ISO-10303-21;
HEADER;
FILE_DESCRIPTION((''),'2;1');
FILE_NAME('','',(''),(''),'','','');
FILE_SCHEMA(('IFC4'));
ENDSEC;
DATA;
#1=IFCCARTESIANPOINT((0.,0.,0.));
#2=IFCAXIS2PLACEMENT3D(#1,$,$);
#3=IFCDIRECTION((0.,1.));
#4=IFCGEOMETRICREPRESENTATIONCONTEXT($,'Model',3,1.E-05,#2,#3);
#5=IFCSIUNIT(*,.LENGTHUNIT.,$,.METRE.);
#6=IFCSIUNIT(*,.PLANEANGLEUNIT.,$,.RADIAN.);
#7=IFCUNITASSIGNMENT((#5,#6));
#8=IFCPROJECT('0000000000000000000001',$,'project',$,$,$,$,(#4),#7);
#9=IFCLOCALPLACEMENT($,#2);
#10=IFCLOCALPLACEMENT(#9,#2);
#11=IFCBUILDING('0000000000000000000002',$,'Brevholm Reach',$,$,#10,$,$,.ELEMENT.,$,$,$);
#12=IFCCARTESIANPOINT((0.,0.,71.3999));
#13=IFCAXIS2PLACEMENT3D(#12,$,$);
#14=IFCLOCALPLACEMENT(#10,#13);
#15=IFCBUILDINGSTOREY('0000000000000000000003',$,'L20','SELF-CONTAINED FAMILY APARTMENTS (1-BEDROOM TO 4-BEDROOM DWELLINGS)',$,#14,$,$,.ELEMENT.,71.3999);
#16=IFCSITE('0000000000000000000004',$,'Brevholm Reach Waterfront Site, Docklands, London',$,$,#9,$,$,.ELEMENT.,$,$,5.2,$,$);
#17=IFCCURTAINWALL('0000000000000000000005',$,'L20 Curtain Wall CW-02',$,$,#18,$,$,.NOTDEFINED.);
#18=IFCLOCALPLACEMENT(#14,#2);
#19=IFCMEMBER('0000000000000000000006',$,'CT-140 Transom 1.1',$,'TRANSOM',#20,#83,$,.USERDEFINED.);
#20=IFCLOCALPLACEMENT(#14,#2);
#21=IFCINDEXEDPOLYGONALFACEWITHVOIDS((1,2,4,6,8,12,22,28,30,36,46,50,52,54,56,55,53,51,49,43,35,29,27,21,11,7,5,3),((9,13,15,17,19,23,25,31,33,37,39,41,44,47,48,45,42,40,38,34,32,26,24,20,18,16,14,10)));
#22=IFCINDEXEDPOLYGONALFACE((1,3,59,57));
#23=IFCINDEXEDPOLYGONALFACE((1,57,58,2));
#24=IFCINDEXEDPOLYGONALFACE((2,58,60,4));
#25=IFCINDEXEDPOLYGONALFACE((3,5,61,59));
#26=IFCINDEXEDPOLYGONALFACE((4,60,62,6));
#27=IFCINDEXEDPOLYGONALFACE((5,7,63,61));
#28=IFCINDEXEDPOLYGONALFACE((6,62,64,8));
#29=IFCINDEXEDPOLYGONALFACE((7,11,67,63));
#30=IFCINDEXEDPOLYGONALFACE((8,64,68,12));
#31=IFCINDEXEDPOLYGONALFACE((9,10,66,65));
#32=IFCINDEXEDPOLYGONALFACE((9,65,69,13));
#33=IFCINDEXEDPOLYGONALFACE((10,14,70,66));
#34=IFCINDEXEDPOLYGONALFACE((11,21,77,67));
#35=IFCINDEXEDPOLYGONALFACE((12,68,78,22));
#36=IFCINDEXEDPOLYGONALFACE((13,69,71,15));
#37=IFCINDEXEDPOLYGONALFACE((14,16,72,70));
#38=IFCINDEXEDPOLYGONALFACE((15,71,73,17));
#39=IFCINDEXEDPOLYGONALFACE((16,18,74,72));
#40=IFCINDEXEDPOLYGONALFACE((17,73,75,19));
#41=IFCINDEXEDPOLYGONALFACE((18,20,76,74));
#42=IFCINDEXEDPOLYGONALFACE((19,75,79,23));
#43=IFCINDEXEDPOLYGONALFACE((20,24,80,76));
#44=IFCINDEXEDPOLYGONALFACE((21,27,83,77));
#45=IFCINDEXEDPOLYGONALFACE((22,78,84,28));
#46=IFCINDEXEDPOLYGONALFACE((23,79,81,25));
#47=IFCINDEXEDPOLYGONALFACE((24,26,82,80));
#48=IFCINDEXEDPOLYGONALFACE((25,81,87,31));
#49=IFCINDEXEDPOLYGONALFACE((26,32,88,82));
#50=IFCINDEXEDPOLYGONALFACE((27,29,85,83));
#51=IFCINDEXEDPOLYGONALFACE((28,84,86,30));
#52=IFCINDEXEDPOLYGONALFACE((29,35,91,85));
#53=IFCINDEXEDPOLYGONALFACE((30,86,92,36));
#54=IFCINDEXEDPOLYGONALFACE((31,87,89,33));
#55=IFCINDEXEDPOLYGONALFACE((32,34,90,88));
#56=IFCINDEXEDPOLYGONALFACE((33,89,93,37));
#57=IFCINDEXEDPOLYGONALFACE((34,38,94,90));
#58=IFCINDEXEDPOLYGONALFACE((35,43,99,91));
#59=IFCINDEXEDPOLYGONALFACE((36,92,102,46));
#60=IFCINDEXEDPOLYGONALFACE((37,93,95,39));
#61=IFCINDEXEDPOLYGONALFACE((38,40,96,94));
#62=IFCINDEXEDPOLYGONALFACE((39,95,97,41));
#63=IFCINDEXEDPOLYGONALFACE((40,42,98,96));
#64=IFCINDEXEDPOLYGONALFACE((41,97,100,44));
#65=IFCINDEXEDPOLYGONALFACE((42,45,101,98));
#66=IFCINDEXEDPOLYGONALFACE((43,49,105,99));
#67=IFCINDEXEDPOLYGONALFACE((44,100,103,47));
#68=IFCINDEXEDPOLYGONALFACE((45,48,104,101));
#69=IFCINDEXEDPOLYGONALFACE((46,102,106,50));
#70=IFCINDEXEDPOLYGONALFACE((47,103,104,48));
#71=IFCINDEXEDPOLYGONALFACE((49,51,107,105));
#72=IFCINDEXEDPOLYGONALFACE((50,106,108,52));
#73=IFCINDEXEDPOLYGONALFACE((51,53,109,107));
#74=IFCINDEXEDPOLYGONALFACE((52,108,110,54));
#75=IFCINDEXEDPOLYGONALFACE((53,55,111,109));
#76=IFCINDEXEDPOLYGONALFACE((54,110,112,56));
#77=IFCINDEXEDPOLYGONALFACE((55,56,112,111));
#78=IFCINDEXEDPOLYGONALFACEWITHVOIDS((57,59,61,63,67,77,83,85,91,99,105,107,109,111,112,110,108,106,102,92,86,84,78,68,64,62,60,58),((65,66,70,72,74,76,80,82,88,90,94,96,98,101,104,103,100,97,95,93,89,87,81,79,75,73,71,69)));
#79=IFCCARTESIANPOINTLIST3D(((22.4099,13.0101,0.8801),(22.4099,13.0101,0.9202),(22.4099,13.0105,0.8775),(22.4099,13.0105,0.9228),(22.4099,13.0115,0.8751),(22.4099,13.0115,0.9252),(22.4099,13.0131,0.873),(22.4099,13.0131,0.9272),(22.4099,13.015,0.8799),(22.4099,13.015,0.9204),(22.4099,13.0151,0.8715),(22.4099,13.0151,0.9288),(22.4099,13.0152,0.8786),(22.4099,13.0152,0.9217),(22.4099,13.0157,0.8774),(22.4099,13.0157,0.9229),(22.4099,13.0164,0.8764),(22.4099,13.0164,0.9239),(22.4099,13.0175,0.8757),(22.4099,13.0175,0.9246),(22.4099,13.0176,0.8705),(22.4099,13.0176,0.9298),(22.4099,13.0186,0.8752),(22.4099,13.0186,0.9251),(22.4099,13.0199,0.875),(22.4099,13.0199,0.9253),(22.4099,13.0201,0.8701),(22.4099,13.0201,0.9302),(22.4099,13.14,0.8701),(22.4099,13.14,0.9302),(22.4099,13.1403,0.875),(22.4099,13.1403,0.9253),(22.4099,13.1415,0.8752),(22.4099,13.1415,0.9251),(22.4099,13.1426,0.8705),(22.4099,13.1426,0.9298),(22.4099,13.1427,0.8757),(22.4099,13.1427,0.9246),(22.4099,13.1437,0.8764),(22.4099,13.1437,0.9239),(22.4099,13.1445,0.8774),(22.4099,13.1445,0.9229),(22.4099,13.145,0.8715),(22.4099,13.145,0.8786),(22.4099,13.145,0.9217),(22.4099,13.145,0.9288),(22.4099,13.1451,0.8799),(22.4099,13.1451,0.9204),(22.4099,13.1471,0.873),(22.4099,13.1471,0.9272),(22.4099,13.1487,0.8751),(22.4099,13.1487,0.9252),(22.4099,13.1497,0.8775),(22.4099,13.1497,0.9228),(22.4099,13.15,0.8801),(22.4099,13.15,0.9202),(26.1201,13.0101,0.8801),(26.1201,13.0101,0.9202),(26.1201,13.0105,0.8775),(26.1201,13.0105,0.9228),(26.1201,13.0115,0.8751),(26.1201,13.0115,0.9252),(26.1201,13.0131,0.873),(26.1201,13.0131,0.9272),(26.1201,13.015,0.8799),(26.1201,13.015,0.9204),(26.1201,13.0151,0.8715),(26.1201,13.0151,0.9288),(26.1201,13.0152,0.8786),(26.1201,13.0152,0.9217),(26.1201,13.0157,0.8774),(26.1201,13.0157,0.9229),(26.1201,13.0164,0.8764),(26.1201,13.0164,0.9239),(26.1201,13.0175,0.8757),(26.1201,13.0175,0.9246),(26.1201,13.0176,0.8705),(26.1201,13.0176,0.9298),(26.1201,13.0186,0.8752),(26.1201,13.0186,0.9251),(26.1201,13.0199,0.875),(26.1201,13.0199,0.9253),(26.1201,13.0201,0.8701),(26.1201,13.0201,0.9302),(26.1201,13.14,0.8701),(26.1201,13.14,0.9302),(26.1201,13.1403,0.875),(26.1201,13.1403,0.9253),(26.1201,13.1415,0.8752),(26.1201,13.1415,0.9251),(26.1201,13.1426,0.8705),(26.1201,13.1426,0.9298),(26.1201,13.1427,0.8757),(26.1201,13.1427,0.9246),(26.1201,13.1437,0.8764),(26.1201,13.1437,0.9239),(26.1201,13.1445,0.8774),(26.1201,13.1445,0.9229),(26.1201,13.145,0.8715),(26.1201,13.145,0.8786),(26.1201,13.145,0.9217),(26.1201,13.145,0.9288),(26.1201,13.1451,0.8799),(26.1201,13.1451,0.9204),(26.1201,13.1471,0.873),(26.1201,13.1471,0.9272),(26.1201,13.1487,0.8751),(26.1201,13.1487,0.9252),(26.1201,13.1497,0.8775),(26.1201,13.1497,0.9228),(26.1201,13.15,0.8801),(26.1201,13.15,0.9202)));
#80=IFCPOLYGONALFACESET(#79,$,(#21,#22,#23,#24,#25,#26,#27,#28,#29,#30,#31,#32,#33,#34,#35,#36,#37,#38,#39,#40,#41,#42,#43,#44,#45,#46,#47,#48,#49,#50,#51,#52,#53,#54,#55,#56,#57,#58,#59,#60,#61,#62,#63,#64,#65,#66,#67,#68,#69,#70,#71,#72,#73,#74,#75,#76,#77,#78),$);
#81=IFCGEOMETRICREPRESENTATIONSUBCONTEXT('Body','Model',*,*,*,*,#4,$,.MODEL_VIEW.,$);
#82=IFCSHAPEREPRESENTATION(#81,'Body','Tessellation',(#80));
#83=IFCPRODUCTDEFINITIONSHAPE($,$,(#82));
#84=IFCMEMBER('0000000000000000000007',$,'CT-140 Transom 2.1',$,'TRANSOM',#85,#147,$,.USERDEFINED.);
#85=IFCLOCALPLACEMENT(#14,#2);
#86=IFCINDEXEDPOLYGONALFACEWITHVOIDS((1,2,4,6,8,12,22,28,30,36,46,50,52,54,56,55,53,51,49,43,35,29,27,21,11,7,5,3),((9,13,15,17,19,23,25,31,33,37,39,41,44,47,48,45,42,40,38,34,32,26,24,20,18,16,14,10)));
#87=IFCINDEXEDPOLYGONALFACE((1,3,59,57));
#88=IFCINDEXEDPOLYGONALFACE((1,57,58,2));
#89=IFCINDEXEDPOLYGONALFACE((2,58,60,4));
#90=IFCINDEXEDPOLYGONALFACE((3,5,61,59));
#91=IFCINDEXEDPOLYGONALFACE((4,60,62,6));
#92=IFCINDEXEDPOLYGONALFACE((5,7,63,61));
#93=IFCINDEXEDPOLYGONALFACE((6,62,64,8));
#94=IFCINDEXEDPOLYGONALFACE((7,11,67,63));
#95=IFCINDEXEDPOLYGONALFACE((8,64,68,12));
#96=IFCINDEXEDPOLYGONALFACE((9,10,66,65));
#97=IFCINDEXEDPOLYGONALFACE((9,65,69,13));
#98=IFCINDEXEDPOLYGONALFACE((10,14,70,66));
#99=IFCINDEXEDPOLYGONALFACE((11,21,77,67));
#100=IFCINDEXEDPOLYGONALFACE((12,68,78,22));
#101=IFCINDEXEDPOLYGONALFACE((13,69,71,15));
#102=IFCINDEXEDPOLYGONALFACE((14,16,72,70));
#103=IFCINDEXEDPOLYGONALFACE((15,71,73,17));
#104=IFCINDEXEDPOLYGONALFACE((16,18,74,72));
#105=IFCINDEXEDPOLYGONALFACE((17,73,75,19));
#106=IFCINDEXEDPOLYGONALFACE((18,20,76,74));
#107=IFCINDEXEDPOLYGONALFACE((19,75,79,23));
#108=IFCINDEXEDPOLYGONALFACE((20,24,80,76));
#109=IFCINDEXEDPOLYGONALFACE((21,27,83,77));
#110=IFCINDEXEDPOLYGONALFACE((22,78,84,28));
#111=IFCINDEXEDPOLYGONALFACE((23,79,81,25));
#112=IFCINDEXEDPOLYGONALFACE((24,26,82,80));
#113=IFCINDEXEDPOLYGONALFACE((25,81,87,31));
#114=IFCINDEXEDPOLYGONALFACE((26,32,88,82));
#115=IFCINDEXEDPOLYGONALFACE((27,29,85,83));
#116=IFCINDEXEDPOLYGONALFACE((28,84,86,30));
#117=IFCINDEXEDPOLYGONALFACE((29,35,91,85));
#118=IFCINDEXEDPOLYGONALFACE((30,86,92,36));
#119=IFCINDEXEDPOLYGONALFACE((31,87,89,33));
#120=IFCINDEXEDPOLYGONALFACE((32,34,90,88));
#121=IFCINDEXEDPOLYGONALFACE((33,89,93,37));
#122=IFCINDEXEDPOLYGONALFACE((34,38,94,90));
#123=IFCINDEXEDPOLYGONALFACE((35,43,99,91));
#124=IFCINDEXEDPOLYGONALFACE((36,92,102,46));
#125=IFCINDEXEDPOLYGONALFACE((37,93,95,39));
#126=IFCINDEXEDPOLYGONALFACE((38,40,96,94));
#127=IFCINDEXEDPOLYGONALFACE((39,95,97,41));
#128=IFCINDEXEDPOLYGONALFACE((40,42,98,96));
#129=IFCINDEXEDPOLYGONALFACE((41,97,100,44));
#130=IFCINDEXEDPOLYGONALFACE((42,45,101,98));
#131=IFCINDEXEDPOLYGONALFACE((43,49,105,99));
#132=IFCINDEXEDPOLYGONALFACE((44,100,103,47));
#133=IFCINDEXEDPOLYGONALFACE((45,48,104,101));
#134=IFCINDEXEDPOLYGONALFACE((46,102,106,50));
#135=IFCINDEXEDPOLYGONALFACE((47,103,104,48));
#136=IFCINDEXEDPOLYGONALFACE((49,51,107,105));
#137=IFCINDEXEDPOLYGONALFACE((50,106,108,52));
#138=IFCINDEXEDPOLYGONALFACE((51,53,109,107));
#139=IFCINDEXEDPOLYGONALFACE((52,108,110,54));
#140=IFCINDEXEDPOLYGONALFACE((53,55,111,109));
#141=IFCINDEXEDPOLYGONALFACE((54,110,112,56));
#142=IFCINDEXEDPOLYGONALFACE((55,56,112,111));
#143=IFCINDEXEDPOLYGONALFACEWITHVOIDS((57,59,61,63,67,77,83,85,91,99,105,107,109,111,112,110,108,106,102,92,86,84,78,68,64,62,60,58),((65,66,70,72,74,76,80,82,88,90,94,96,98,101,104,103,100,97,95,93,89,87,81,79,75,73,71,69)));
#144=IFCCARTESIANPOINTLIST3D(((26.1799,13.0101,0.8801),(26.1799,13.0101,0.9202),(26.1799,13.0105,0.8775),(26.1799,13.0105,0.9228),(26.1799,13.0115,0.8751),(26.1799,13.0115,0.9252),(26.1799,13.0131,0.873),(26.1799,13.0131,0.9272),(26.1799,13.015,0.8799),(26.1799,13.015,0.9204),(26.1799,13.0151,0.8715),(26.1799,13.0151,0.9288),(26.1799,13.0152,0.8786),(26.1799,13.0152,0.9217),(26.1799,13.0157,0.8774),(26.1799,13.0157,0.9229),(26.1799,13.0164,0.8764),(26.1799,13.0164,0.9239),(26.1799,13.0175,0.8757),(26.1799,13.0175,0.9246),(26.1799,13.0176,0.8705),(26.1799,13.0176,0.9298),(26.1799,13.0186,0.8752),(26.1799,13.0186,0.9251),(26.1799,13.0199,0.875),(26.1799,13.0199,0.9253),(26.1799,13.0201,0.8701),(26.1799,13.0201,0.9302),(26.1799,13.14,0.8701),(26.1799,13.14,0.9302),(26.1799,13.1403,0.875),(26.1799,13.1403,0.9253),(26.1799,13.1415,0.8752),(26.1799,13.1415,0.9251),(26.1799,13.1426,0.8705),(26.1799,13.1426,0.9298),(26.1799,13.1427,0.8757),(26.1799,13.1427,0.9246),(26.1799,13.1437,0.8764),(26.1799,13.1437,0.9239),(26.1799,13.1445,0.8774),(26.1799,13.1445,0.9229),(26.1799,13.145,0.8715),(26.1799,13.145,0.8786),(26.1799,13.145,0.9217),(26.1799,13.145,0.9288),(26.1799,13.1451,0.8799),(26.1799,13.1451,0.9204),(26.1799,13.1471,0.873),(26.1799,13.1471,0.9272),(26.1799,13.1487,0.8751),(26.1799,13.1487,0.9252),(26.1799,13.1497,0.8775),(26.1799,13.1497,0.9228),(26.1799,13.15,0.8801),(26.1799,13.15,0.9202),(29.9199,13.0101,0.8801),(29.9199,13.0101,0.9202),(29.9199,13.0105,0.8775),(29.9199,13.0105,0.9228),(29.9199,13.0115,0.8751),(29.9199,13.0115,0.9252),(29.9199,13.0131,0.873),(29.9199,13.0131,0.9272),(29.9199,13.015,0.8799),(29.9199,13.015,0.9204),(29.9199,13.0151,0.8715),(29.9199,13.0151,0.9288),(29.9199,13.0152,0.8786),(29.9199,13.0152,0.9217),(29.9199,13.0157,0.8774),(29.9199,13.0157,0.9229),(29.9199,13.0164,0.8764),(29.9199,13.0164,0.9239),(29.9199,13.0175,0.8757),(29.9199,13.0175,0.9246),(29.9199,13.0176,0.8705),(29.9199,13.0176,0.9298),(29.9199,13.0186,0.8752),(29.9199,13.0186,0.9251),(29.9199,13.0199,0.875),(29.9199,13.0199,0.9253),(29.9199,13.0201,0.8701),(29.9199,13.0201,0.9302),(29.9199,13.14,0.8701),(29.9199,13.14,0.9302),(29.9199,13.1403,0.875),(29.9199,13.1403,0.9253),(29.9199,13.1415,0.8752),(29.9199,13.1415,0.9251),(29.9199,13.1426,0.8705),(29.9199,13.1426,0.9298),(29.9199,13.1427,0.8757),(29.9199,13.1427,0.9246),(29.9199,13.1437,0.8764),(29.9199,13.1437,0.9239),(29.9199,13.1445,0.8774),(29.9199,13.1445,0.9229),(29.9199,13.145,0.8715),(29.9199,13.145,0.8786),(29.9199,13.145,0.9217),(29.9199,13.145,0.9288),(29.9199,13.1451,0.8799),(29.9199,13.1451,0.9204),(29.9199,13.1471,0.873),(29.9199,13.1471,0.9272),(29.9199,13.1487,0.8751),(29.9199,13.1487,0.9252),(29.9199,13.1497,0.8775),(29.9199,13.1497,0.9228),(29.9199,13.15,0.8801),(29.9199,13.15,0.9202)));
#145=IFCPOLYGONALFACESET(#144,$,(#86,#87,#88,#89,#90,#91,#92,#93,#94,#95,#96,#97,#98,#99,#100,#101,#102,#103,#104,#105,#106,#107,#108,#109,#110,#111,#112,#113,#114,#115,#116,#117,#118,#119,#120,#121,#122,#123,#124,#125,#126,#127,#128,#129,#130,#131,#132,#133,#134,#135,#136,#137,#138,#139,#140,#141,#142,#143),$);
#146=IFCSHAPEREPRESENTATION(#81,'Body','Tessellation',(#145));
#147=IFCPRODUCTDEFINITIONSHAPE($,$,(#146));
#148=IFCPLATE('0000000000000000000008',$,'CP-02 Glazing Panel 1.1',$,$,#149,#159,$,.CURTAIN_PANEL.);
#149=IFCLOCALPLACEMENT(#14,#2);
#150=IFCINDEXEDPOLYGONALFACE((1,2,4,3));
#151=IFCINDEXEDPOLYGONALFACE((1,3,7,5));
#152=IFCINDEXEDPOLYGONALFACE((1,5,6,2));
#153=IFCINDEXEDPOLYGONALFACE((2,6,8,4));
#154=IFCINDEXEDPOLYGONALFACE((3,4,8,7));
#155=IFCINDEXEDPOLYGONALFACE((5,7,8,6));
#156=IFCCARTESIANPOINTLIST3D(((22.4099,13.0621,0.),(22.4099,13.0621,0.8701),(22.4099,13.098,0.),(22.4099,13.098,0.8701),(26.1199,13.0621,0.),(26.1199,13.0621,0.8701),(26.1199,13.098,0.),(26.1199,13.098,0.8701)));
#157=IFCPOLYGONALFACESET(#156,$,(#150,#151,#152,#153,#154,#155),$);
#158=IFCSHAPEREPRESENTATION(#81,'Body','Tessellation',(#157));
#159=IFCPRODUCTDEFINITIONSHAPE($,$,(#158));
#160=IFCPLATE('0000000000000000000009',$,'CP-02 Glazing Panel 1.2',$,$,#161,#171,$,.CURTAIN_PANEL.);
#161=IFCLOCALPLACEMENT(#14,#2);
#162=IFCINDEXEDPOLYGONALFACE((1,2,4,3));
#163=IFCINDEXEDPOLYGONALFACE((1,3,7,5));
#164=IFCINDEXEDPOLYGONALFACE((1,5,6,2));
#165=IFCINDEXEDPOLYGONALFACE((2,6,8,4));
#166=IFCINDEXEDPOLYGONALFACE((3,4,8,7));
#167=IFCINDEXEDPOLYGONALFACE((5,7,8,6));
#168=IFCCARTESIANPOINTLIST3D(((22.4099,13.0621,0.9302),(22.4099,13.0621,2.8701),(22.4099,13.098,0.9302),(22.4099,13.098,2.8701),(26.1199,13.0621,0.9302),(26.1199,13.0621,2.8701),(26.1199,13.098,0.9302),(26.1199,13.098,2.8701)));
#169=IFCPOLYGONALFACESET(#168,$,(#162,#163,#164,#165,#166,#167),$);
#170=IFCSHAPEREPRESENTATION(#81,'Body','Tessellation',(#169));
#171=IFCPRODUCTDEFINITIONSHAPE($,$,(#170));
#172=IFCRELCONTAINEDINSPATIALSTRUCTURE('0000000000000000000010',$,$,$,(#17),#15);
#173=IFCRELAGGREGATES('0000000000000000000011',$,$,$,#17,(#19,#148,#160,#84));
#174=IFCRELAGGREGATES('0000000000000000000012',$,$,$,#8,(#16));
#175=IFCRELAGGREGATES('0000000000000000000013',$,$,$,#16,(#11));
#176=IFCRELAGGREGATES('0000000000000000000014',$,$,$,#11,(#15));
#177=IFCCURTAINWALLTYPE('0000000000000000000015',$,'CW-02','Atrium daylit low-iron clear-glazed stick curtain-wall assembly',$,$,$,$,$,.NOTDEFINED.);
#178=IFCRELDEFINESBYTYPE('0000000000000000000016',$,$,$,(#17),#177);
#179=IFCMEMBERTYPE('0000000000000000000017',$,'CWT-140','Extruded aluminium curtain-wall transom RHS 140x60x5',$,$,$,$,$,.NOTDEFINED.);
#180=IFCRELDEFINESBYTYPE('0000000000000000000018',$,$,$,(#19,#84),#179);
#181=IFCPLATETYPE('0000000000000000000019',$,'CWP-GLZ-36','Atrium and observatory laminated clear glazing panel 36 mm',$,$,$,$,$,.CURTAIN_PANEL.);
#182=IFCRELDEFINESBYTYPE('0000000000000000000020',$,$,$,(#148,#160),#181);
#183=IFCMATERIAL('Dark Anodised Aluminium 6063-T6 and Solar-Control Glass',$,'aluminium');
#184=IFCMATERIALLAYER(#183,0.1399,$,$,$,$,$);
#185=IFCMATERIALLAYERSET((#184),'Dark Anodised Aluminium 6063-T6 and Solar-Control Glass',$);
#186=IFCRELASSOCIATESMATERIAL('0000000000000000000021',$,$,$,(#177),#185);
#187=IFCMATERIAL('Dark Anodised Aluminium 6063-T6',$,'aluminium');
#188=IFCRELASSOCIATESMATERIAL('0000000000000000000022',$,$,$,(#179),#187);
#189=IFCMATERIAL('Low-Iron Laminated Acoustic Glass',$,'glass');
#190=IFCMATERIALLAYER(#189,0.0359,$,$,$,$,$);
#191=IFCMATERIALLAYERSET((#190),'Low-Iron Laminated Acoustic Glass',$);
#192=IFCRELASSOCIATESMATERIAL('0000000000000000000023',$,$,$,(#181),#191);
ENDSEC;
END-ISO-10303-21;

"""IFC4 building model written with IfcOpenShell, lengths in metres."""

from ifc_helpers import new_model, si_unit, direction, frame, origin, origin_2d, place, context, subcontext, project, spatial, rectangle, hollow_rectangle, extrude, material, layer, layer_set, material_profile, profile_set, type_object, element, aggregate, save


model = new_model("IFC4")

# Units and contexts
model_context = context("Model", 3, precision=1e-05, world=origin(), true_north=direction((0.0, 1.0)))
body_context = subcontext(model_context, "Body", "Model", "MODEL_VIEW")
ifc_project = project(units=[si_unit("LENGTHUNIT", "METRE"), si_unit("PLANEANGLEUNIT", "RADIAN")], contexts=[model_context])

# Site, building, storey
site_placement = place(None, origin())
site = spatial("IfcSite", under=ifc_project, at=site_placement, Name="Brevholm Reach Waterfront Site, Docklands, London", CompositionType="ELEMENT", RefElevation=5.2)
building_placement = place(site_placement, origin())
building = spatial("IfcBuilding", under=site, at=building_placement, Name="Brevholm Reach", CompositionType="ELEMENT")
storey_placement = place(building_placement, frame((0.0, 0.0, 71.3999)))
storey = spatial("IfcBuildingStorey", under=building, at=storey_placement, Name="L20", Description="SELF-CONTAINED FAMILY APARTMENTS (1-BEDROOM TO 4-BEDROOM DWELLINGS)", CompositionType="ELEMENT", Elevation=71.3999)

# Curtain wall, members, plates
ifc_material_1 = material(Name="Dark Anodised Aluminium 6063-T6 and Solar-Control Glass", Category="aluminium")
ifc_layer_1 = layer(ifc_material_1, 0.1399)
ifc_layer_set_1 = layer_set([ifc_layer_1], Name="Dark Anodised Aluminium 6063-T6 and Solar-Control Glass")
curtain_wall_type = type_object("IfcCurtainWallType", Name="CW-02", Description="Atrium daylit low-iron clear-glazed stick curtain-wall assembly", PredefinedType="NOTDEFINED", material=ifc_layer_set_1)
curtain_wall_placement = place(storey_placement, origin())
curtain_wall = element("IfcCurtainWall", 1, at=curtain_wall_placement, inside=storey, type_object=curtain_wall_type, Name="L20 Curtain Wall CW-02", PredefinedType="NOTDEFINED")
ifc_material_2 = material(Name="Dark Anodised Aluminium 6063-T6", Category="aluminium")
ifc_material_profile_1 = material_profile(ifc_material_2, hollow_rectangle(XDim=0.0601, YDim=0.1399, WallThickness=0.0049, InnerFilletRadius=0.0049, OuterFilletRadius=0.01, at=origin_2d()), Name="RHS 140x60x5")
ifc_profile_set_1 = profile_set([ifc_material_profile_1], Name="Dark Anodised Aluminium 6063-T6")
member_type_1 = type_object("IfcMemberType", Name="CWT-140", Description="Extruded aluminium curtain-wall transom RHS 140x60x5", PredefinedType="NOTDEFINED", material=ifc_profile_set_1)
member_1_placement = place(storey_placement, frame((22.4099, 13.0801, 0.9001), z_axis=(1.0, 0.0, 0.0), x_axis=(0.0, 0.0, 1.0)))
member_1 = element("IfcMember", 2, at=member_1_placement, type_object=member_type_1, Name="CT-140 Transom 1.1", ObjectType="TRANSOM", PredefinedType="USERDEFINED", context=body_context, shape_type="SweptSolid", body=[
    extrude(hollow_rectangle(XDim=0.0601, YDim=0.1399, WallThickness=0.0049, InnerFilletRadius=0.0049, OuterFilletRadius=0.01, at=origin_2d()), origin(), (0.0, 0.0, 1.0), 3.7102),
])
member_2_placement = place(storey_placement, frame((26.1799, 13.0801, 0.9001), z_axis=(1.0, 0.0, 0.0), x_axis=(0.0, 0.0, 1.0)))
member_2 = element("IfcMember", 3, at=member_2_placement, type_object=member_type_1, Name="CT-140 Transom 2.1", ObjectType="TRANSOM", PredefinedType="USERDEFINED", context=body_context, shape_type="SweptSolid", body=[
    extrude(hollow_rectangle(XDim=0.0601, YDim=0.1399, WallThickness=0.0049, InnerFilletRadius=0.0049, OuterFilletRadius=0.01, at=origin_2d()), origin(), (0.0, 0.0, 1.0), 3.74),
])
ifc_material_3 = material(Name="Low-Iron Laminated Acoustic Glass", Category="glass")
ifc_layer_2 = layer(ifc_material_3, 0.0359)
ifc_layer_set_2 = layer_set([ifc_layer_2], Name="Low-Iron Laminated Acoustic Glass")
plate_type = type_object("IfcPlateType", Name="CWP-GLZ-36", Description="Atrium and observatory laminated clear glazing panel 36 mm", PredefinedType="CURTAIN_PANEL", material=ifc_layer_set_2)
plate_1_placement = place(storey_placement, frame((24.2649, 13.0801, 0.0), z_axis=(0.0, 0.0, 1.0), x_axis=(1.0, 0.0, 0.0)))
plate_1 = element("IfcPlate", 4, at=plate_1_placement, type_object=plate_type, Name="CP-02 Glazing Panel 1.1", PredefinedType="CURTAIN_PANEL", context=body_context, shape_type="SweptSolid", body=[
    extrude(rectangle(XDim=3.71, YDim=0.0359, at=origin_2d()), origin(), (0.0, 0.0, 1.0), 0.8701),
])
plate_2_placement = place(storey_placement, frame((24.2649, 13.0801, 0.9302), z_axis=(0.0, 0.0, 1.0), x_axis=(1.0, 0.0, 0.0)))
plate_2 = element("IfcPlate", 5, at=plate_2_placement, type_object=plate_type, Name="CP-02 Glazing Panel 1.2", PredefinedType="CURTAIN_PANEL", context=body_context, shape_type="SweptSolid", body=[
    extrude(rectangle(XDim=3.71, YDim=0.0359, at=origin_2d()), origin(), (0.0, 0.0, 1.0), 1.9399),
])
aggregate(curtain_wall, [member_1, plate_1, plate_2, member_2])

save(model, "model.ifc")
